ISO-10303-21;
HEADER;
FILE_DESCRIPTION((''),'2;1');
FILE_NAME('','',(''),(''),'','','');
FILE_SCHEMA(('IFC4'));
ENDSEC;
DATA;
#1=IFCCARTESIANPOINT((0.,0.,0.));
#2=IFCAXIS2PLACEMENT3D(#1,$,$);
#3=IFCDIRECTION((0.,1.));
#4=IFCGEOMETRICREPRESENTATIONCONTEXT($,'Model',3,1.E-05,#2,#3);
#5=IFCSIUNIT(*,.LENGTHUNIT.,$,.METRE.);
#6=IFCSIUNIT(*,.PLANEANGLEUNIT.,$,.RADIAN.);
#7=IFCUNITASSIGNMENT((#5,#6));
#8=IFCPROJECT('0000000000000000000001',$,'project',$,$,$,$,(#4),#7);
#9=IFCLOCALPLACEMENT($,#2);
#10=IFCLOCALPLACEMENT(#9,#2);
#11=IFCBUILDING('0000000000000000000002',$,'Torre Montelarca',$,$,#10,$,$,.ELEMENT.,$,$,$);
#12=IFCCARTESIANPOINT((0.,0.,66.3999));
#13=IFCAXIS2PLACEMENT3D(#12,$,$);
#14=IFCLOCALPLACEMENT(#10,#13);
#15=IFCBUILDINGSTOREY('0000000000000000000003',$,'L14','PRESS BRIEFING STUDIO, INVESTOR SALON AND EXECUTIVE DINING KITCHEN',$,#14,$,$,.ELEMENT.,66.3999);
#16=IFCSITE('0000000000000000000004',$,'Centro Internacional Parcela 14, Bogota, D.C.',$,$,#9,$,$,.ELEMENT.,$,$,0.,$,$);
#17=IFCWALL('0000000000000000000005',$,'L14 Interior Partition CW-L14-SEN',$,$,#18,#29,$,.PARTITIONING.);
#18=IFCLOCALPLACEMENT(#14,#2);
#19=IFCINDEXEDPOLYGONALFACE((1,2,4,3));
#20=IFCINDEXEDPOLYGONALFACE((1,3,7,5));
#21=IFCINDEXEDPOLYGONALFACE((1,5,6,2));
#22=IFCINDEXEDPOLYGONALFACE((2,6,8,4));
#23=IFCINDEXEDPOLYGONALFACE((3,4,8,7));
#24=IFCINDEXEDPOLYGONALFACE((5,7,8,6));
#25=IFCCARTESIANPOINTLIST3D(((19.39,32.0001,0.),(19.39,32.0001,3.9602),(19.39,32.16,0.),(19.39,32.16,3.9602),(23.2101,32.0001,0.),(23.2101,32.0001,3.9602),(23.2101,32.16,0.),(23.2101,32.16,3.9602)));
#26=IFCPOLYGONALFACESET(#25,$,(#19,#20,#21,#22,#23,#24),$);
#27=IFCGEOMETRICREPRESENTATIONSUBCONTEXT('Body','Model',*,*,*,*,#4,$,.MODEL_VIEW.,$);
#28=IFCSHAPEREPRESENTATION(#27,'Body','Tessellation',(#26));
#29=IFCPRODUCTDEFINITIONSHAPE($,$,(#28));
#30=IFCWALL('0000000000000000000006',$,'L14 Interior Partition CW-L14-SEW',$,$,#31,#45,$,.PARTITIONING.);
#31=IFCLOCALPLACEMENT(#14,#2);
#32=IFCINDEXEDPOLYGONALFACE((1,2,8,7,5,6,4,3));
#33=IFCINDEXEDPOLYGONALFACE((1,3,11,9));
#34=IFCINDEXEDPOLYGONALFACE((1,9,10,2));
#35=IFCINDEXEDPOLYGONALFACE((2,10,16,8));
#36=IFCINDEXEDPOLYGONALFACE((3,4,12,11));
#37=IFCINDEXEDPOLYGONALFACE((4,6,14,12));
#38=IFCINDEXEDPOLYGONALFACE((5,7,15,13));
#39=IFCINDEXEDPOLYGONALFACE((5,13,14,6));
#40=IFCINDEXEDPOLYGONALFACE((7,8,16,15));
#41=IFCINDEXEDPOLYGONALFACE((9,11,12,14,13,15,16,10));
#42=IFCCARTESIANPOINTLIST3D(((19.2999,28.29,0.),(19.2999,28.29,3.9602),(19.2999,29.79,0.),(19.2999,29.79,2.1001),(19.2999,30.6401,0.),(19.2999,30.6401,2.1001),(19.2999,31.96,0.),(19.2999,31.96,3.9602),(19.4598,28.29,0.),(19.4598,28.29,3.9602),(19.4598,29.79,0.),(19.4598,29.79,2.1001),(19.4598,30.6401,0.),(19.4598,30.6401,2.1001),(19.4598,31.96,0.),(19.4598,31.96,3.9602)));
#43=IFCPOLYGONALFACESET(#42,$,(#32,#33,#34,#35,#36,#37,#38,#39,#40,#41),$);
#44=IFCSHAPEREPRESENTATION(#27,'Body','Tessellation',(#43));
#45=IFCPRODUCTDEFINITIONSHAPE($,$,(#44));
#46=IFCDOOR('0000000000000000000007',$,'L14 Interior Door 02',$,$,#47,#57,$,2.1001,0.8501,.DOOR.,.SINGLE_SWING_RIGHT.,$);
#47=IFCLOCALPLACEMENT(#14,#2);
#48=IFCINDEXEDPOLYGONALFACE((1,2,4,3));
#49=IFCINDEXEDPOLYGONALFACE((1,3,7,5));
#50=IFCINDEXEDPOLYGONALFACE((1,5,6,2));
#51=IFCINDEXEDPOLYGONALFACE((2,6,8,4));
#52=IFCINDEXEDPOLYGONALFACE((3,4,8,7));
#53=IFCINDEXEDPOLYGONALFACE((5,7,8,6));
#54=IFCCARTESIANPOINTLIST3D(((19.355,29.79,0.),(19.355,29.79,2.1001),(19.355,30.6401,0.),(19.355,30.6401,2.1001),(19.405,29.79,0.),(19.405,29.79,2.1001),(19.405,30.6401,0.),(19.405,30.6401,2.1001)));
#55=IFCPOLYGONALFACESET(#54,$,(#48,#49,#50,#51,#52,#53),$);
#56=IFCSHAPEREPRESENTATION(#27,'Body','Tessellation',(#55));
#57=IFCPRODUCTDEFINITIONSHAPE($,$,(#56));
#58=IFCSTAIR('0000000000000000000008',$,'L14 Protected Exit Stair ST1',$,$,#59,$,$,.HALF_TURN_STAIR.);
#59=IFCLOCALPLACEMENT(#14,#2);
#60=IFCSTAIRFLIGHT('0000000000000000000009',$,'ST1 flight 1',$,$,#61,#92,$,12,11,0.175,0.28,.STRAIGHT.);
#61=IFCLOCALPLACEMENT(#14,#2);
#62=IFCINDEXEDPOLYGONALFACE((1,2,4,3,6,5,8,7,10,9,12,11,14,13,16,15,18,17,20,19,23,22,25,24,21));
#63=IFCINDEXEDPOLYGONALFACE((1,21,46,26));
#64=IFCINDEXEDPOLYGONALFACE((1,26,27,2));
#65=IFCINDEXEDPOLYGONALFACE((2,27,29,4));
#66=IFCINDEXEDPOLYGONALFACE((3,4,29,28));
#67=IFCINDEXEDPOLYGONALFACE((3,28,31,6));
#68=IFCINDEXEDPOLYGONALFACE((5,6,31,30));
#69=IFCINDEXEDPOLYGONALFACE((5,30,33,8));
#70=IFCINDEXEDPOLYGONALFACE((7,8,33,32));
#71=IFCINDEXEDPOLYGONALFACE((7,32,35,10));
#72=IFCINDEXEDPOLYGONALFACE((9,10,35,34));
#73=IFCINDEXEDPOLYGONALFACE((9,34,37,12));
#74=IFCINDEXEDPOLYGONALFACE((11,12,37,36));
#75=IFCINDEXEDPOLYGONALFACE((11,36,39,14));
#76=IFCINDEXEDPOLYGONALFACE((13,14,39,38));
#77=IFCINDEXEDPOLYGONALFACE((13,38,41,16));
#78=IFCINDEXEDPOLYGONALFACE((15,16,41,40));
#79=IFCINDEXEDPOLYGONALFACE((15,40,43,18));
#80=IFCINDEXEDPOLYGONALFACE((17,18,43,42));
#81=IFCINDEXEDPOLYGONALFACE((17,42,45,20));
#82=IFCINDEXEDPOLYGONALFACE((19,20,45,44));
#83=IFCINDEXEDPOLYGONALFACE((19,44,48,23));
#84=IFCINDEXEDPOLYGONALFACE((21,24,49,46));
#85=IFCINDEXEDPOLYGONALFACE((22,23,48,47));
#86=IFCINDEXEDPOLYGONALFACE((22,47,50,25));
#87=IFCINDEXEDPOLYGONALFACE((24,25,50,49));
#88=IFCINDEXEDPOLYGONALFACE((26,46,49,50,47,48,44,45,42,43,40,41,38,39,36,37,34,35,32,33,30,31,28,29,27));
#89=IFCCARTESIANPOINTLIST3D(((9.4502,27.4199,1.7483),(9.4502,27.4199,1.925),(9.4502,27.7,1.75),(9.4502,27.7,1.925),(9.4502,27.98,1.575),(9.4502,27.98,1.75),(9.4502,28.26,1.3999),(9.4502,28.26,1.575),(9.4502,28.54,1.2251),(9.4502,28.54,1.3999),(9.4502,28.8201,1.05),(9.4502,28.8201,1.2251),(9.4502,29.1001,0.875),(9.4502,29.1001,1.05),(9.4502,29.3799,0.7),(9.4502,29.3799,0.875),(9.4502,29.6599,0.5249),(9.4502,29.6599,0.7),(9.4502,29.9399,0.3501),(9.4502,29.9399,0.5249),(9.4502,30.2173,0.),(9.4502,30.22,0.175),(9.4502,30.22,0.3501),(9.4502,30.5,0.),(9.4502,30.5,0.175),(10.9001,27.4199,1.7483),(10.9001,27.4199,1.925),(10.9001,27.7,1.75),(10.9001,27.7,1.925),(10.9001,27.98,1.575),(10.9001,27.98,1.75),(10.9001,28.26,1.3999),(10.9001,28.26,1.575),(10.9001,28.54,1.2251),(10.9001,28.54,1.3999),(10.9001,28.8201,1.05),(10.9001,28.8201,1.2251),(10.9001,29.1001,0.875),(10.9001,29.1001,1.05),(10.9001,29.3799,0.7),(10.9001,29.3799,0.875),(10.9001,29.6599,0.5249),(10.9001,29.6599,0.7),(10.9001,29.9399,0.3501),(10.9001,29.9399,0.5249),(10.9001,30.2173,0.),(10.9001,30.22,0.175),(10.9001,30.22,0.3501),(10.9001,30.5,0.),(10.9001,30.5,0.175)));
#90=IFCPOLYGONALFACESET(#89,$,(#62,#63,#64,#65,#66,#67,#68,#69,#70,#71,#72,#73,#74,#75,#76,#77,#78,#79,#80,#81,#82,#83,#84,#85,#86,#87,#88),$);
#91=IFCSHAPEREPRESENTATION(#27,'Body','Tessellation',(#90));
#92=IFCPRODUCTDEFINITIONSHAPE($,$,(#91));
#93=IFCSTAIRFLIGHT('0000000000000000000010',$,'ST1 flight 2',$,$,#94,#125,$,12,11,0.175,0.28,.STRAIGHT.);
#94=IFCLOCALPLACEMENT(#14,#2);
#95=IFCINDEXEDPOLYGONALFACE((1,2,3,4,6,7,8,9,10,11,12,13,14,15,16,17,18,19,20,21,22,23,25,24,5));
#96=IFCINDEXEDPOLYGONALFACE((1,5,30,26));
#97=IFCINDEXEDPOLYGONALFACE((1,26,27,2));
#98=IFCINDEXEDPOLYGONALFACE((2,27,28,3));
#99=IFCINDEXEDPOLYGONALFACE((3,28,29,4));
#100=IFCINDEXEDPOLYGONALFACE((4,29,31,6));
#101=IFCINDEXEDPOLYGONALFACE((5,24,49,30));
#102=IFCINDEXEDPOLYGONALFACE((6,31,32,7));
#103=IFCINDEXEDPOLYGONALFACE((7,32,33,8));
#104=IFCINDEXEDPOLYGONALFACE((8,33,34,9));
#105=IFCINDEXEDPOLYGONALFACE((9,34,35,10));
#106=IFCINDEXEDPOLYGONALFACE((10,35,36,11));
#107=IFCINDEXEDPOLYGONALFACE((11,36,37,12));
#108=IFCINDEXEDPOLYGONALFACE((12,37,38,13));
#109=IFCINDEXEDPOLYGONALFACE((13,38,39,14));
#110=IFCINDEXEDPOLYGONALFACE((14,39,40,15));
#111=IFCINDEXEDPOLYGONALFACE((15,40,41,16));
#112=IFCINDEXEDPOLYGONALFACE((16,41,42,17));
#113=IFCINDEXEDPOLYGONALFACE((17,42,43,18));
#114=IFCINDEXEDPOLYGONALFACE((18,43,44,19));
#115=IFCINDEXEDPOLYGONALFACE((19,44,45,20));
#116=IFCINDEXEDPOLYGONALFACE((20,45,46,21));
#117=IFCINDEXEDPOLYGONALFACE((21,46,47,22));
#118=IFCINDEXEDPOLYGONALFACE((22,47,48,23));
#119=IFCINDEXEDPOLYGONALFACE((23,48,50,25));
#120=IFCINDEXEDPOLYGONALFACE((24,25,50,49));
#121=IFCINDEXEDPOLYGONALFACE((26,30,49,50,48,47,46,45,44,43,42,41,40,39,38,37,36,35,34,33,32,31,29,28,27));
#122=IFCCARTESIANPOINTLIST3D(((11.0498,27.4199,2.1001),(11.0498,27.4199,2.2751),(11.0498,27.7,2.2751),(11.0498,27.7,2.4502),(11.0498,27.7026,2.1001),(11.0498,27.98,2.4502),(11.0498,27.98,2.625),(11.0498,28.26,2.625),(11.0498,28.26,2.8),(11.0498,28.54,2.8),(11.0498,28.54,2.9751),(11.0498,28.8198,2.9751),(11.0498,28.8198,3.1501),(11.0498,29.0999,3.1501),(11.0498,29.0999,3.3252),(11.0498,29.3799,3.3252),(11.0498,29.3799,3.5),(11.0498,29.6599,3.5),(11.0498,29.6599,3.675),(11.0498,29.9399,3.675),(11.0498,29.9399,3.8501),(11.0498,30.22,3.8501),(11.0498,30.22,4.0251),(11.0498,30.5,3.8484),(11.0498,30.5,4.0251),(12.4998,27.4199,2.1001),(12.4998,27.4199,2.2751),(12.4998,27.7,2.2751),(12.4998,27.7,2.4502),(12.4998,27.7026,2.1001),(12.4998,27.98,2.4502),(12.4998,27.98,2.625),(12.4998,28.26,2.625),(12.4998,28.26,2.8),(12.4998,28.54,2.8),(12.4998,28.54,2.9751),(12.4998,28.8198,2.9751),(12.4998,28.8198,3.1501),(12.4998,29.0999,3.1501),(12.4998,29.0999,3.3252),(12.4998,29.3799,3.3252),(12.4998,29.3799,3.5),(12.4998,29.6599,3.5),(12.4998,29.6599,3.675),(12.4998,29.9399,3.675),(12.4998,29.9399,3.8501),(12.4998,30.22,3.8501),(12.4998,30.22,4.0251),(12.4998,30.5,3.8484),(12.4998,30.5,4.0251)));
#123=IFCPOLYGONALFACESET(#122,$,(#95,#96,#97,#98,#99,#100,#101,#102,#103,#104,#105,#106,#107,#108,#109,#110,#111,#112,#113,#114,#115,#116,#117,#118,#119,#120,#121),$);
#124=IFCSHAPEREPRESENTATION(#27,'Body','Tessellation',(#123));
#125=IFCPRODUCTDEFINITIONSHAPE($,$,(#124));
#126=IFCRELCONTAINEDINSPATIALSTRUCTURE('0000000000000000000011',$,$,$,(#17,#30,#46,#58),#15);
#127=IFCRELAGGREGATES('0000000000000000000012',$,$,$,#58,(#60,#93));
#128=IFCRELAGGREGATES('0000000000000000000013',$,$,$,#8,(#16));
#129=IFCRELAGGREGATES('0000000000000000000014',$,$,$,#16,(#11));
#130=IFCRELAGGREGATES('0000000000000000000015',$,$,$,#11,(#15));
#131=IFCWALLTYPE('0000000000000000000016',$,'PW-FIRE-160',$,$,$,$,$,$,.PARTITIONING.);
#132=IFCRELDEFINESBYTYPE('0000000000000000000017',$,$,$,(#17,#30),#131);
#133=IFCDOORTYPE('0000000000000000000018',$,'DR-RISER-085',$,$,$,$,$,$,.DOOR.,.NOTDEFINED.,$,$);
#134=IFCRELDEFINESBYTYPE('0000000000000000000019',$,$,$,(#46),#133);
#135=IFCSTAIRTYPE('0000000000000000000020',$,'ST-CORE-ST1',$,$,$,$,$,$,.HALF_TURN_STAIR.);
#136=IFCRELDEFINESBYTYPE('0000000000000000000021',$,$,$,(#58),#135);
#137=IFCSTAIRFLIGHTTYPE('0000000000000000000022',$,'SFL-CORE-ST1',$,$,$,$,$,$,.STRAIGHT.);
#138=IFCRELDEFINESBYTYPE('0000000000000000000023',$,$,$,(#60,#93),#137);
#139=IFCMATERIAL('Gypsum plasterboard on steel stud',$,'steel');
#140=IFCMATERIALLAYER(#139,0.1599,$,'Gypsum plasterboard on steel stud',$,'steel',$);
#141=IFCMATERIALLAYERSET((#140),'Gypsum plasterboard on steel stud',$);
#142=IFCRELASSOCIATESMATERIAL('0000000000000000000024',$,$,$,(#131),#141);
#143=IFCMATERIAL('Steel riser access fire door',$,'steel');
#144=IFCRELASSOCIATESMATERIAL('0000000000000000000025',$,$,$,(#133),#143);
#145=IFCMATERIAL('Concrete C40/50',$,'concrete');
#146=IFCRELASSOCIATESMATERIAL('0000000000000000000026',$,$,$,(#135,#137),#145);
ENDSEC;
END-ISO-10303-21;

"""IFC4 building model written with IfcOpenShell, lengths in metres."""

from ifc_helpers import new_model, si_unit, direction, frame, frame_2d, origin, place, context, subcontext, project, spatial, polyline, rectangle, outline, extrude, source, transform, mapped, material, layer, layer_set, type_object, element, fill, aggregate, save


model = new_model("IFC4")

# Units and contexts
model_context = context("Model", 3, precision=1e-05, world=origin(), true_north=direction((0.0, 1.0)))
body_context = subcontext(model_context, "Body", "Model", "MODEL_VIEW")
ifc_project = project(units=[si_unit("LENGTHUNIT", "METRE"), si_unit("PLANEANGLEUNIT", "RADIAN")], contexts=[model_context])

# Site, building, storey
site_placement = place(None, origin())
site = spatial("IfcSite", under=ifc_project, at=site_placement, Name="Centro Internacional Parcela 14, Bogota, D.C.", CompositionType="ELEMENT", RefElevation=0.0)
building_placement = place(site_placement, origin())
building = spatial("IfcBuilding", under=site, at=building_placement, Name="Torre Montelarca", CompositionType="ELEMENT")
storey_placement = place(building_placement, frame((0.0, 0.0, 66.3999)))
storey = spatial("IfcBuildingStorey", under=building, at=storey_placement, Name="L14", Description="PRESS BRIEFING STUDIO, INVESTOR SALON AND EXECUTIVE DINING KITCHEN", CompositionType="ELEMENT", Elevation=66.3999)

# Shared definitions
ifc_material_1 = material(Name="Concrete C40/50", Category="concrete")

# Wall
ifc_material_2 = material(Name="Gypsum plasterboard on steel stud", Category="steel")
ifc_layer_1 = layer(ifc_material_2, 0.1599, Name="Gypsum plasterboard on steel stud", Category="steel")
ifc_layer_set_1 = layer_set([ifc_layer_1], Name="Gypsum plasterboard on steel stud")
wall_type_1 = type_object("IfcWallType", Name="PW-FIRE-160", PredefinedType="PARTITIONING", material=ifc_layer_set_1)
wall_1_placement = place(storey_placement, frame((19.3899, 32.0801, 0.0), z_axis=(0.0, 0.0, 1.0), x_axis=(1.0, 0.0, 0.0)))
element("IfcWall", 1, at=wall_1_placement, inside=storey, type_object=wall_type_1, Name="L14 Interior Partition CW-L14-SEN", PredefinedType="PARTITIONING", context=body_context, shape_type="SweptSolid", body=[
    extrude(rectangle(XDim=3.8201, YDim=0.1599, at=frame_2d((1.9102, 0.0))), origin(), (0.0, 0.0, 1.0), 3.9602),
])

# Wall, opening, door
wall_2_placement = place(storey_placement, frame((19.3799, 28.29, 0.0), z_axis=(0.0, 0.0, 1.0), x_axis=(0.0, 1.0, 0.0)))
wall_2 = element("IfcWall", 2, at=wall_2_placement, inside=storey, type_object=wall_type_1, Name="L14 Interior Partition CW-L14-SEW", PredefinedType="PARTITIONING", context=body_context, shape_type="SweptSolid", body=[
    extrude(rectangle(XDim=3.6699, YDim=0.1599, at=frame_2d((1.835, 0.0))), origin(), (0.0, 0.0, 1.0), 3.9602),
])
opening_1_placement = place(wall_2_placement, frame((1.5, 0.0, 0.0)))
opening_1 = element("IfcOpeningElement", 3, at=opening_1_placement, cuts=wall_2, PredefinedType="OPENING", context=body_context, shape_type="SweptSolid", body=[
    extrude(rectangle(XDim=0.8501, YDim=2.1001, at=frame_2d((0.425, 1.05))), frame((0.0, 0.0898, 0.0), z_axis=(0.0, -1.0, 0.0), x_axis=(1.0, 0.0, 0.0)), (0.0, 0.0, 1.0), 0.1799),
])
ifc_material_3 = material(Name="Steel riser access fire door", Category="steel")
door_type_1 = type_object("IfcDoorType", Name="DR-RISER-085", OperationType="NOTDEFINED", PredefinedType="DOOR", material=ifc_material_3)
shared_shape_1 = source(origin(), body_context, "Body", "SweptSolid", [
    extrude(rectangle(XDim=0.8501, YDim=2.1001, at=frame_2d((0.425, 1.05))), frame((0.0, 0.0249, 0.0), z_axis=(0.0, -1.0, 0.0), x_axis=(1.0, 0.0, 0.0)), (0.0, 0.0, 1.0), 0.05),
])
door_1_placement = place(opening_1_placement, origin())
door_1 = element("IfcDoor", 4, at=door_1_placement, inside=storey, type_object=door_type_1, Name="L14 Interior Door 02", OperationType="SINGLE_SWING_RIGHT", OverallHeight=2.1001, OverallWidth=0.8501, PredefinedType="DOOR", context=body_context, shape_type="MappedRepresentation", body=[
    mapped(shared_shape_1, transform((0.0, 0.0, 0.0), scale=1.0)),
])
fill(opening_1, door_1)

# Stair, stair flights
stair_type = type_object("IfcStairType", Name="ST-CORE-ST1", PredefinedType="HALF_TURN_STAIR", material=ifc_material_1)
stair_placement = place(storey_placement, origin())
stair = element("IfcStair", 5, at=stair_placement, inside=storey, type_object=stair_type, Name="L14 Protected Exit Stair ST1", PredefinedType="HALF_TURN_STAIR")
stair_flight_type = type_object("IfcStairFlightType", Name="SFL-CORE-ST1", PredefinedType="STRAIGHT", material=ifc_material_1)
stair_flight_1_placement = place(storey_placement, frame((10.175, 30.5, 0.0), z_axis=(0.0, 0.0, 1.0), x_axis=(0.0, -1.0, 0.0)))
stair_flight_1 = element("IfcStairFlight", 6, at=stair_flight_1_placement, type_object=stair_flight_type, Name="ST1 flight 1", NumberOfRisers=12, NumberOfTreads=11, PredefinedType="STRAIGHT", RiserHeight=0.175, TreadLength=0.28, context=body_context, shape_type="SweptSolid", body=[
    extrude(outline(polyline([(0.0, 0.0), (0.0, 0.175), (0.28, 0.175), (0.28, 0.3501), (0.5601, 0.3501), (0.5601, 0.5249), (0.8401, 0.5249), (0.8401, 0.7), (1.1201, 0.7), (1.1201, 0.875), (1.3999, 0.875), (1.3999, 1.05), (1.6799, 1.05), (1.6799, 1.2251), (1.96, 1.2251), (1.96, 1.3999), (2.24, 1.3999), (2.24, 1.575), (2.52, 1.575), (2.52, 1.75), (2.8, 1.75), (2.8, 1.925), (3.0801, 1.925), (3.0801, 2.1001), (3.0801, 1.7483), (0.2827, 0.0), (0.0, 0.0)])), frame((0.0, 0.7251, 0.0), z_axis=(0.0, -1.0, 0.0), x_axis=(1.0, 0.0, 0.0)), (0.0, 0.0, 1.0), 1.45),
])
stair_flight_2_placement = place(storey_placement, frame((11.7749, 27.4199, 2.1001), z_axis=(0.0, 0.0, 1.0), x_axis=(0.0, 1.0, 0.0)))
stair_flight_2 = element("IfcStairFlight", 7, at=stair_flight_2_placement, type_object=stair_flight_type, Name="ST1 flight 2", NumberOfRisers=12, NumberOfTreads=11, PredefinedType="STRAIGHT", RiserHeight=0.175, TreadLength=0.28, context=body_context, shape_type="SweptSolid", body=[
    extrude(outline(polyline([(0.0, 0.0), (0.0, 0.175), (0.28, 0.175), (0.28, 0.3501), (0.5601, 0.3501), (0.5601, 0.5249), (0.8401, 0.5249), (0.8401, 0.7), (1.1201, 0.7), (1.1201, 0.875), (1.3999, 0.875), (1.3999, 1.05), (1.6799, 1.05), (1.6799, 1.2251), (1.96, 1.2251), (1.96, 1.3999), (2.24, 1.3999), (2.24, 1.575), (2.52, 1.575), (2.52, 1.75), (2.8, 1.75), (2.8, 1.925), (3.0801, 1.925), (3.0801, 2.1001), (3.0801, 1.7483), (0.2827, 0.0), (0.0, 0.0)])), frame((0.0, 0.7251, 0.0), z_axis=(0.0, -1.0, 0.0), x_axis=(1.0, 0.0, 0.0)), (0.0, 0.0, 1.0), 1.45),
])
aggregate(stair, [stair_flight_1, stair_flight_2])

save(model, "model.ifc")
